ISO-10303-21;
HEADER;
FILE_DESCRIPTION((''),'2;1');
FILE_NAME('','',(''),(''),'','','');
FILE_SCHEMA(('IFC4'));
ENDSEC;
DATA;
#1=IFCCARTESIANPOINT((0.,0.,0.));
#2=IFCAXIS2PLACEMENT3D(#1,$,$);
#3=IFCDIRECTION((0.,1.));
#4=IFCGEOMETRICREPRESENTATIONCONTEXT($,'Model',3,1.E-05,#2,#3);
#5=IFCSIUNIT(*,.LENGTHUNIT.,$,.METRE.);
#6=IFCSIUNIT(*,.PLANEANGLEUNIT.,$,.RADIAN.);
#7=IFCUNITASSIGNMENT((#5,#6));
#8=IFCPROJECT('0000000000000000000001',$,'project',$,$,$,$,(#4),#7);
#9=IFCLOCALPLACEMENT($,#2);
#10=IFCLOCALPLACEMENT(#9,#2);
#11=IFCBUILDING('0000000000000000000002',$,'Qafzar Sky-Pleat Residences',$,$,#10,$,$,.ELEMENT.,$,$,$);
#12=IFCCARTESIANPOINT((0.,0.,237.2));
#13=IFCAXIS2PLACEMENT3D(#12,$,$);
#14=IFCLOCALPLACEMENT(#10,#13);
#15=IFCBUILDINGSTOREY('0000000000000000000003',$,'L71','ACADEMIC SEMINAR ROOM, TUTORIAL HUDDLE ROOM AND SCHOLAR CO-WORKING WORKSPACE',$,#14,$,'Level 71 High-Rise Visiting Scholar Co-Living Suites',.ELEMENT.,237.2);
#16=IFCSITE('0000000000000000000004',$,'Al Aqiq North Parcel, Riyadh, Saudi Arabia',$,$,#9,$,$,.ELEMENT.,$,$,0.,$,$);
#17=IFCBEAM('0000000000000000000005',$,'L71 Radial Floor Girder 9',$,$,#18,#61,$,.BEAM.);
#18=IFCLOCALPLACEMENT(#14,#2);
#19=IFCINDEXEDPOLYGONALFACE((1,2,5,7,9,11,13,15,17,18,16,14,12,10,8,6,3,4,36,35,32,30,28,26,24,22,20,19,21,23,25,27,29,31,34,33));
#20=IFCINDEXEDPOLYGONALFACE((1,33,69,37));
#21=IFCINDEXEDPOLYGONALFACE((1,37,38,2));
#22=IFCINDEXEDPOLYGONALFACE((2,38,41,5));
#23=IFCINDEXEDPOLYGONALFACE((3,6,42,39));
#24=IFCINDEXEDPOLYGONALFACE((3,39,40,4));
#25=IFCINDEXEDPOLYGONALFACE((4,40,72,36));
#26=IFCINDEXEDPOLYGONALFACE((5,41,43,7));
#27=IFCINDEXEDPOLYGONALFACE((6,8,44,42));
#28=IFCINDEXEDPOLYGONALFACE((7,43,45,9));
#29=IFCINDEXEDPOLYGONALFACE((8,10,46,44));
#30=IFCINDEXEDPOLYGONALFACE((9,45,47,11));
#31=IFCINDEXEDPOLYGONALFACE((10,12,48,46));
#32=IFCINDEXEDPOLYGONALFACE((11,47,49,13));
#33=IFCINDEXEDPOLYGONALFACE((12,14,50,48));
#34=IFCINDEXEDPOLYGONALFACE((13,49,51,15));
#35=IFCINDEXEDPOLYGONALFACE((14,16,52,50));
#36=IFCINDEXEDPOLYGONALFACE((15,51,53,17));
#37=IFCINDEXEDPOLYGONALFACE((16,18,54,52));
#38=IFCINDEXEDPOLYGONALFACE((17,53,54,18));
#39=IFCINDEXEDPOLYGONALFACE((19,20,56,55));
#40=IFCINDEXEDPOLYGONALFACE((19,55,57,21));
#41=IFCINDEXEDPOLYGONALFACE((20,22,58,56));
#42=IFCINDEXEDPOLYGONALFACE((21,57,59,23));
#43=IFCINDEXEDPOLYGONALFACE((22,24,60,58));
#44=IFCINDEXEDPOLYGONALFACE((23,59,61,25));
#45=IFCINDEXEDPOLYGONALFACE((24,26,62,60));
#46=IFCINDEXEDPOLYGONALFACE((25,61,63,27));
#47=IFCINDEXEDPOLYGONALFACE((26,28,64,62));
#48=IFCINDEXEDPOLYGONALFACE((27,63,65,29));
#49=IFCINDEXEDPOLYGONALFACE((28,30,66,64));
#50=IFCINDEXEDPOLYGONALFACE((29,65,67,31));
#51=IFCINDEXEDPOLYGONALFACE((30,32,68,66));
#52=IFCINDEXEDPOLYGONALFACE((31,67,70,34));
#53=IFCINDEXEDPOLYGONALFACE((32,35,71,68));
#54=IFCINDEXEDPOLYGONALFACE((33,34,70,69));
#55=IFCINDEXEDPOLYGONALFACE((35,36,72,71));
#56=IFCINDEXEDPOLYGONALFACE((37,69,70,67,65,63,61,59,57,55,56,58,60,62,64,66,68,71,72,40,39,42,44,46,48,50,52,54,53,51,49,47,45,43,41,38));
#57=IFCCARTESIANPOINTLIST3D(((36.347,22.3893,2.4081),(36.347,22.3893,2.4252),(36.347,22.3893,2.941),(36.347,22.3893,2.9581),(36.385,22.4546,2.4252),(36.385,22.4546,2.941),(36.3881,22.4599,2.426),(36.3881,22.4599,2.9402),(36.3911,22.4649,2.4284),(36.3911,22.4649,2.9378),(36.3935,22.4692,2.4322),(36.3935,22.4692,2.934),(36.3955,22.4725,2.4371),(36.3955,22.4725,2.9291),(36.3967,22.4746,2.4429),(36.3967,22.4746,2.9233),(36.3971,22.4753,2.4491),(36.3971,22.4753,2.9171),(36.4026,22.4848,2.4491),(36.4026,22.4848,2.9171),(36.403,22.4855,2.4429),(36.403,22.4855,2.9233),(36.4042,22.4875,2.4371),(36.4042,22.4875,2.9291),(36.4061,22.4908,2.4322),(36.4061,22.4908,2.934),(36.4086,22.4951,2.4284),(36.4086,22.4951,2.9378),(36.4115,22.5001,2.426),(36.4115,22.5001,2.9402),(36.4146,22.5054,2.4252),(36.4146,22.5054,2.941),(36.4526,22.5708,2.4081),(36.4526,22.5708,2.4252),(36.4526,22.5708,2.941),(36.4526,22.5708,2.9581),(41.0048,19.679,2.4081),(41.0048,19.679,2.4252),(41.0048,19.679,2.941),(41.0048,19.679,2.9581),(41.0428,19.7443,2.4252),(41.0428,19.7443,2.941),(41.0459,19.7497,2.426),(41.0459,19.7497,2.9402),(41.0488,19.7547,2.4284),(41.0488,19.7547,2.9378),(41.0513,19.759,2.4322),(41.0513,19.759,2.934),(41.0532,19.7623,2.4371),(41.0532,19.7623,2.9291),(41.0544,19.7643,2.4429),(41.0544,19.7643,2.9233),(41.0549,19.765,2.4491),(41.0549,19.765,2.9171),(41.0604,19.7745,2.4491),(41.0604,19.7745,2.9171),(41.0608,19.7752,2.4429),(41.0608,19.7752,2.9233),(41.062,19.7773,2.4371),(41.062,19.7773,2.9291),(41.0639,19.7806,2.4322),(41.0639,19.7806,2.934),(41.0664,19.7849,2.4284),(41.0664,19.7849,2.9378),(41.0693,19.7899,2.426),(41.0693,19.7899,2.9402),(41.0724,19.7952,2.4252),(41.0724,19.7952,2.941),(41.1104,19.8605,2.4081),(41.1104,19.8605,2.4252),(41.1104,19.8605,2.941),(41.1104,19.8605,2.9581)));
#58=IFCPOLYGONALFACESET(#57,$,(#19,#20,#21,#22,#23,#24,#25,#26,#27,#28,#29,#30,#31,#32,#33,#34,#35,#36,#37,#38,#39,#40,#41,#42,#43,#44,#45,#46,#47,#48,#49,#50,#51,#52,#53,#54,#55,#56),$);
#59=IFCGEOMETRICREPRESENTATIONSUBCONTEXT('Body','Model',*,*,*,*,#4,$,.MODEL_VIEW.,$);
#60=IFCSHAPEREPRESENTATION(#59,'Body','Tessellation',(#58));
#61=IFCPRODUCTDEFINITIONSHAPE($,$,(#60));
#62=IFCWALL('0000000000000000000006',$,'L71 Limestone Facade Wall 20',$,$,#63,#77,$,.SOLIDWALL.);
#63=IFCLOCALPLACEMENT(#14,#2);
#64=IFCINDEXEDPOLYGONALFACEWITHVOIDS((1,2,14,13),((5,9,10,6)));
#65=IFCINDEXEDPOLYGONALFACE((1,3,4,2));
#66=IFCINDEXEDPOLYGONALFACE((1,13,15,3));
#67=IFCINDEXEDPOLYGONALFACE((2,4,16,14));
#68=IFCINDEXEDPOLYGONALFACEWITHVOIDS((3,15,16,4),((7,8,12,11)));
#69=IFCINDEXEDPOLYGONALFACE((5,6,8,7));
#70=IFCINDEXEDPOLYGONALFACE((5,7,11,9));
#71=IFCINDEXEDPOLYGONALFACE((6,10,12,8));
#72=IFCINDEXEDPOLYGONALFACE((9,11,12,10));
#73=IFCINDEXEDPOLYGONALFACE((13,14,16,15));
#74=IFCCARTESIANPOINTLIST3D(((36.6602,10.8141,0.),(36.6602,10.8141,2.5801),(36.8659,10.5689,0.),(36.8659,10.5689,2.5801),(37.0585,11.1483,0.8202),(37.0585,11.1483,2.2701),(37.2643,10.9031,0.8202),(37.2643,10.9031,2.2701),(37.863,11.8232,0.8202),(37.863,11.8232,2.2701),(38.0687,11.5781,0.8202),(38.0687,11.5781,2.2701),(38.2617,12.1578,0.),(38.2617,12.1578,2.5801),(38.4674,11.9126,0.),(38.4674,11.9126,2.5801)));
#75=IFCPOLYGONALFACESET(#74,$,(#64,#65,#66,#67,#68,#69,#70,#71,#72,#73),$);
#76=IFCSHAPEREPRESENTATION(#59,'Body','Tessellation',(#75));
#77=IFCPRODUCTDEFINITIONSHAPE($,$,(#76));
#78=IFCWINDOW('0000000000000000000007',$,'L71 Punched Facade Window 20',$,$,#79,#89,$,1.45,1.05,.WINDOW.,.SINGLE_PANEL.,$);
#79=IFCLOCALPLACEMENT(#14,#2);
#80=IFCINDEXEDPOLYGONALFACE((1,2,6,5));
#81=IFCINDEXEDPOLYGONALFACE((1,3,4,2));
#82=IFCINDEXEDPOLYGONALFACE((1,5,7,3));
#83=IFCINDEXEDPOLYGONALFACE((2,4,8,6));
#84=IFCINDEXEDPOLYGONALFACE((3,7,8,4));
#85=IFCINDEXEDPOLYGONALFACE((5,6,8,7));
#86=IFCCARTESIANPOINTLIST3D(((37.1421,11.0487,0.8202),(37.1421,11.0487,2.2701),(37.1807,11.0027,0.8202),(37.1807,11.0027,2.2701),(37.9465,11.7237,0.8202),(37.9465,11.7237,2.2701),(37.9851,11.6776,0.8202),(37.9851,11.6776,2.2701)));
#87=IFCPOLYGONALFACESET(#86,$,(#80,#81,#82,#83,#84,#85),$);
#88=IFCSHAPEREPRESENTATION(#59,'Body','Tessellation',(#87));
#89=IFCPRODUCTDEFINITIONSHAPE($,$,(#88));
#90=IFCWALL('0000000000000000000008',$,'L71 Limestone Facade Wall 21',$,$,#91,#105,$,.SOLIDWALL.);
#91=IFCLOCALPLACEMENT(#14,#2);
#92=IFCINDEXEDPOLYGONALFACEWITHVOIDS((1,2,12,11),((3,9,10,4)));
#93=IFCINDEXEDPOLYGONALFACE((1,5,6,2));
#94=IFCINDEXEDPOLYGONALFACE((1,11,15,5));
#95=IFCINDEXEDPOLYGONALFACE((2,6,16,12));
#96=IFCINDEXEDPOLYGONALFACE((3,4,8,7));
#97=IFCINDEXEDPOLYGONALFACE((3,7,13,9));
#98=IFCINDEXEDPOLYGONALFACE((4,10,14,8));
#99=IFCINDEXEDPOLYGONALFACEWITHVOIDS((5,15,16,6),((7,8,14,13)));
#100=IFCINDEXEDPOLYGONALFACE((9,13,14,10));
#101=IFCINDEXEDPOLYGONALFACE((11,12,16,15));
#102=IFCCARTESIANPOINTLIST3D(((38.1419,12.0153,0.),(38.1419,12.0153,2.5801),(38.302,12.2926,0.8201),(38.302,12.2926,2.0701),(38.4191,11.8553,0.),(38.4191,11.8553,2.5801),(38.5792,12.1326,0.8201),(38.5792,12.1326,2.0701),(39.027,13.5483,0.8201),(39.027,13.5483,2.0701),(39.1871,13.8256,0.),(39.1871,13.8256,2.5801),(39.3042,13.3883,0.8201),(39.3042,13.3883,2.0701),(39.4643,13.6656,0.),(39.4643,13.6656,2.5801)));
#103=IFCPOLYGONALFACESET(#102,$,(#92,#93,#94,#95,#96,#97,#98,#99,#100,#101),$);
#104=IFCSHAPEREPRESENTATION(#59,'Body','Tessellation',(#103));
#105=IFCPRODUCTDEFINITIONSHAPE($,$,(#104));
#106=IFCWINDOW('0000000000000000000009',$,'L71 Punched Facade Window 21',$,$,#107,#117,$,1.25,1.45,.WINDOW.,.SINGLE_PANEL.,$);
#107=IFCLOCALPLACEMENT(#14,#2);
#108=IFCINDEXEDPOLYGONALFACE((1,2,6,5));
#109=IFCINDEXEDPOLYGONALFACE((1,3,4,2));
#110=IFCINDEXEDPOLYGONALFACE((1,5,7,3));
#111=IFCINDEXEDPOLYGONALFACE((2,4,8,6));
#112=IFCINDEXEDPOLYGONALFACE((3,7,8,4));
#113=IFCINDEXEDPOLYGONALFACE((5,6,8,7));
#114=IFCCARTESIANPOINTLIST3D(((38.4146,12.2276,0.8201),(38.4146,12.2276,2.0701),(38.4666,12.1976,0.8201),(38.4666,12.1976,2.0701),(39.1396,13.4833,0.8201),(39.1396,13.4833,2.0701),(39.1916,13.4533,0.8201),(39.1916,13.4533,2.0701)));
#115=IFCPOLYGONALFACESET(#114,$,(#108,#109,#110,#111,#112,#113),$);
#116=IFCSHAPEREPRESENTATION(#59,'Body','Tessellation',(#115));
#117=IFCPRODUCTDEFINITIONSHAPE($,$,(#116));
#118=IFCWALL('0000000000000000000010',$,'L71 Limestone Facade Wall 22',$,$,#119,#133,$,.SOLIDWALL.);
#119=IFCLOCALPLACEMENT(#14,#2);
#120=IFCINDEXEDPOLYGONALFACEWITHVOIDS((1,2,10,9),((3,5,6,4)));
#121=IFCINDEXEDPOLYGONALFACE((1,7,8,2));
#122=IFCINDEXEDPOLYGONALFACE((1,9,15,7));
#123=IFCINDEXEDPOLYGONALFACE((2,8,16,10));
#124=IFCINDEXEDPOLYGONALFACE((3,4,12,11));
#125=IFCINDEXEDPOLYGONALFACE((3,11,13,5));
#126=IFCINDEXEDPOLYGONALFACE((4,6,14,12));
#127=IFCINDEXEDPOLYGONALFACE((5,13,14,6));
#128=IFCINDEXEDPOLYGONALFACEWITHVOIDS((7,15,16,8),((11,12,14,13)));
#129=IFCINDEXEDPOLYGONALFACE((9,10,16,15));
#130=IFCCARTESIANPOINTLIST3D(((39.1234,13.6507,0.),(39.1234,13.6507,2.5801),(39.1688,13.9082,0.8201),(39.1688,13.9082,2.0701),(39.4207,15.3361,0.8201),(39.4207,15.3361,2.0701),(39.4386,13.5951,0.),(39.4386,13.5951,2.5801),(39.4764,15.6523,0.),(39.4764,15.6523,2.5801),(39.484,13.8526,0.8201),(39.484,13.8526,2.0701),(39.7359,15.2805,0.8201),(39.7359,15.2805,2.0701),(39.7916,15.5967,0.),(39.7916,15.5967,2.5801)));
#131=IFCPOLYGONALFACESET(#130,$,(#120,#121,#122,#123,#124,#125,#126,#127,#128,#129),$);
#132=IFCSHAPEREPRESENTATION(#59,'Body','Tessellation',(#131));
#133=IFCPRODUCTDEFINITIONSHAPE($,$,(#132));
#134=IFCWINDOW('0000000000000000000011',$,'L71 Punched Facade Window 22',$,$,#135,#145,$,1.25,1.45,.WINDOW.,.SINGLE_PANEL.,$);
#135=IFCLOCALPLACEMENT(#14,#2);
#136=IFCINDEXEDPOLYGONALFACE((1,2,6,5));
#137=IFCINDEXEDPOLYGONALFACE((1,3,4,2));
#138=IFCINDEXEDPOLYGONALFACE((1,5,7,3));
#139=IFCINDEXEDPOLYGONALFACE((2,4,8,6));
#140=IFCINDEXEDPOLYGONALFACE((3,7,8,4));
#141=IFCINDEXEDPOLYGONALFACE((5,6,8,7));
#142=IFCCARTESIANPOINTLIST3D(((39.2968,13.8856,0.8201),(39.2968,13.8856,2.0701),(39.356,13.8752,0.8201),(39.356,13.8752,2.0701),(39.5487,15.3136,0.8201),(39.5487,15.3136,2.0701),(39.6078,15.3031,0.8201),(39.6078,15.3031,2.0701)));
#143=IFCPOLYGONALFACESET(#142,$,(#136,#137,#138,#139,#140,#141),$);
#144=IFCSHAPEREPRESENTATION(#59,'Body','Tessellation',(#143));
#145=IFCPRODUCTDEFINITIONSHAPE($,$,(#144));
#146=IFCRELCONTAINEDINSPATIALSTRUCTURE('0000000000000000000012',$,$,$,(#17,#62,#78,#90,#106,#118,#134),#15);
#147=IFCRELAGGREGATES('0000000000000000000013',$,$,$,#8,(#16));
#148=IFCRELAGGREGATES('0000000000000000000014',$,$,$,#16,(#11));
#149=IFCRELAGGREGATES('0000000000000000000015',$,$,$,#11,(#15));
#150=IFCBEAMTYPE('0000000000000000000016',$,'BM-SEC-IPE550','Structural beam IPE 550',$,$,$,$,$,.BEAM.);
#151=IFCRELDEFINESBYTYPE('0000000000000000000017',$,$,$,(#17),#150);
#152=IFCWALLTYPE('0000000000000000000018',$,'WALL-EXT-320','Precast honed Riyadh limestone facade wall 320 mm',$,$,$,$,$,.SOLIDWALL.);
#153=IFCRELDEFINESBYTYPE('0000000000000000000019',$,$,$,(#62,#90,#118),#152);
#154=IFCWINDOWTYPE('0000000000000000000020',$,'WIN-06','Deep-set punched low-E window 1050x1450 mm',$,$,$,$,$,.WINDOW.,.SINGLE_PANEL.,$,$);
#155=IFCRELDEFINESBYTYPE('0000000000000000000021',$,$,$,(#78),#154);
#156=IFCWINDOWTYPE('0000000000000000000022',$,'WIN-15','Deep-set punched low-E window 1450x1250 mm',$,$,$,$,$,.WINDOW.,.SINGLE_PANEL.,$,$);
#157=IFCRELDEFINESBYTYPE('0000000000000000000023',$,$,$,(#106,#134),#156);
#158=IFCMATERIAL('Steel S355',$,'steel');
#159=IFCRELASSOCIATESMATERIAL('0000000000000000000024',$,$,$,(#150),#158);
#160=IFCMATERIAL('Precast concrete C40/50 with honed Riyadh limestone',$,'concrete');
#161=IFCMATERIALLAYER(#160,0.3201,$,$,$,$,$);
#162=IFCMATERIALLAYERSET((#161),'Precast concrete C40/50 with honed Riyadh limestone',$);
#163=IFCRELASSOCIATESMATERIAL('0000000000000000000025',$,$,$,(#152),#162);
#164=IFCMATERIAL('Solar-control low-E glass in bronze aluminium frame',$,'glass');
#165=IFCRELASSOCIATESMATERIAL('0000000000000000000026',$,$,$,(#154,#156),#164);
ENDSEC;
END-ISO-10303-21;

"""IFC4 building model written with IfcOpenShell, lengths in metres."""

from ifc_helpers import new_model, si_unit, direction, frame, frame_2d, origin, origin_2d, place, context, subcontext, project, spatial, rectangle, i_section, extrude, source, transform, mapped, material, layer, layer_set, material_profile, profile_set, type_object, element, fill, save


model = new_model("IFC4")

# Units and contexts
model_context = context("Model", 3, precision=1e-05, world=origin(), true_north=direction((0.0, 1.0)))
body_context = subcontext(model_context, "Body", "Model", "MODEL_VIEW")
ifc_project = project(units=[si_unit("LENGTHUNIT", "METRE"), si_unit("PLANEANGLEUNIT", "RADIAN")], contexts=[model_context])

# Site, building, storey
site_placement = place(None, origin())
site = spatial("IfcSite", under=ifc_project, at=site_placement, Name="Al Aqiq North Parcel, Riyadh, Saudi Arabia", CompositionType="ELEMENT", RefElevation=0.0)
building_placement = place(site_placement, origin())
building = spatial("IfcBuilding", under=site, at=building_placement, Name="Qafzar Sky-Pleat Residences", CompositionType="ELEMENT")
storey_placement = place(building_placement, frame((0.0, 0.0, 237.2)))
storey = spatial("IfcBuildingStorey", under=building, at=storey_placement, Name="L71", Description="ACADEMIC SEMINAR ROOM, TUTORIAL HUDDLE ROOM AND SCHOLAR CO-WORKING WORKSPACE", LongName="Level 71 High-Rise Visiting Scholar Co-Living Suites", CompositionType="ELEMENT", Elevation=237.2)

# Shared definitions
ifc_material_1 = material(Name="Steel S355", Category="steel")

# Beam
ifc_material_profile_1 = material_profile(ifc_material_1, i_section(OverallWidth=0.21, OverallDepth=0.55, WebThickness=0.011, FlangeThickness=0.0171, FilletRadius=0.0239, at=origin_2d()), Name="IPE 550")
ifc_profile_set_1 = profile_set([ifc_material_profile_1], Name="Steel S355")
beam_type_1 = type_object("IfcBeamType", Name="BM-SEC-IPE550", Description="Structural beam IPE 550", PredefinedType="BEAM", material=ifc_profile_set_1)
shared_shape_1 = source(origin(), body_context, "Body", "SweptSolid", [
    extrude(i_section(OverallWidth=0.21, OverallDepth=0.55, WebThickness=0.011, FlangeThickness=0.0171, FilletRadius=0.0239, at=origin_2d()), origin(), (0.0, 0.0, 1.0), 5.3889),
])
beam_1_placement = place(storey_placement, frame((41.0576, 19.7698, 2.6831), z_axis=(-0.864327, 0.50293, 0.0), x_axis=(-0.50293, -0.864327, 0.0)))
element("IfcBeam", 1, at=beam_1_placement, inside=storey, type_object=beam_type_1, Name="L71 Radial Floor Girder 9", PredefinedType="BEAM", context=body_context, shape_type="MappedRepresentation", body=[
    mapped(shared_shape_1, transform((0.0, 0.0, 0.0), x_axis=(1.0, 0.0, 0.0), y_axis=(0.0, 1.0, 0.0), z_axis=(0.0, 0.0, 1.0), scale=1.0)),
])

# Walls, openings, windows
ifc_material_2 = material(Name="Precast concrete C40/50 with honed Riyadh limestone", Category="concrete")
ifc_layer_1 = layer(ifc_material_2, 0.3201)
ifc_layer_set_1 = layer_set([ifc_layer_1], Name="Precast concrete C40/50 with honed Riyadh limestone")
wall_type = type_object("IfcWallType", Name="WALL-EXT-320", Description="Precast honed Riyadh limestone facade wall 320 mm", PredefinedType="SOLIDWALL", material=ifc_layer_set_1)
wall_1_placement = place(storey_placement, frame((36.7629, 10.6914, 0.0), z_axis=(0.0, 0.0, 1.0), x_axis=(0.766073, 0.642754, 0.0)))
wall_1 = element("IfcWall", 2, at=wall_1_placement, inside=storey, type_object=wall_type, Name="L71 Limestone Facade Wall 20", PredefinedType="SOLIDWALL", context=body_context, shape_type="SweptSolid", body=[
    extrude(rectangle(XDim=2.0906, YDim=0.3201, at=frame_2d((1.0454, 0.0))), origin(), (0.0, 0.0, 1.0), 2.5801),
])
opening_1_placement = place(wall_1_placement, frame((0.5203, 0.0, 0.8201)))
opening_1 = element("IfcOpeningElement", 3, at=opening_1_placement, cuts=wall_1, PredefinedType="OPENING", context=body_context, shape_type="SweptSolid", body=[
    extrude(rectangle(XDim=1.05, YDim=1.45, at=frame_2d((0.5249, 0.7251))), frame((0.0, 0.1699, 0.0), z_axis=(0.0, -1.0, 0.0), x_axis=(1.0, 0.0, 0.0)), (0.0, 0.0, 1.0), 0.3401),
])
ifc_material_3 = material(Name="Solar-control low-E glass in bronze aluminium frame", Category="glass")
window_type_1 = type_object("IfcWindowType", Name="WIN-06", Description="Deep-set punched low-E window 1050x1450 mm", PartitioningType="SINGLE_PANEL", PredefinedType="WINDOW", material=ifc_material_3)
shared_shape_2 = source(origin(), body_context, "Body", "SweptSolid", [
    extrude(rectangle(XDim=1.05, YDim=1.45, at=frame_2d((0.5249, 0.7251))), frame((0.0, 0.03, 0.0), z_axis=(0.0, -1.0, 0.0), x_axis=(1.0, 0.0, 0.0)), (0.0, 0.0, 1.0), 0.0601),
])
window_1_placement = place(opening_1_placement, origin())
window_1 = element("IfcWindow", 4, at=window_1_placement, inside=storey, type_object=window_type_1, Name="L71 Punched Facade Window 20", OverallHeight=1.45, OverallWidth=1.05, PartitioningType="SINGLE_PANEL", PredefinedType="WINDOW", context=body_context, shape_type="MappedRepresentation", body=[
    mapped(shared_shape_2, transform((0.0, 0.0, 0.0), x_axis=(1.0, 0.0, 0.0), y_axis=(0.0, 1.0, 0.0), z_axis=(0.0, 0.0, 1.0), scale=1.0)),
])
fill(opening_1, window_1)
wall_2_placement = place(storey_placement, frame((38.2805, 11.9353, 0.0), z_axis=(0.0, 0.0, 1.0), x_axis=(0.499995, 0.866028, 0.0)))
wall_2 = element("IfcWall", 5, at=wall_2_placement, inside=storey, type_object=wall_type, Name="L71 Limestone Facade Wall 21", PredefinedType="SOLIDWALL", context=body_context, shape_type="SweptSolid", body=[
    extrude(rectangle(XDim=2.0903, YDim=0.3201, at=frame_2d((1.0452, 0.0))), origin(), (0.0, 0.0, 1.0), 2.5801),
])
opening_2_placement = place(wall_2_placement, frame((0.3201, 0.0, 0.8201)))
opening_2 = element("IfcOpeningElement", 6, at=opening_2_placement, cuts=wall_2, PredefinedType="OPENING", context=body_context, shape_type="SweptSolid", body=[
    extrude(rectangle(XDim=1.45, YDim=1.25, at=frame_2d((0.7251, 0.625))), frame((0.0, 0.1699, 0.0), z_axis=(0.0, -1.0, 0.0), x_axis=(1.0, 0.0, 0.0)), (0.0, 0.0, 1.0), 0.3401),
])
window_type_2 = type_object("IfcWindowType", Name="WIN-15", Description="Deep-set punched low-E window 1450x1250 mm", PartitioningType="SINGLE_PANEL", PredefinedType="WINDOW", material=ifc_material_3)
shared_shape_3 = source(origin(), body_context, "Body", "SweptSolid", [
    extrude(rectangle(XDim=1.45, YDim=1.25, at=frame_2d((0.7251, 0.625))), frame((0.0, 0.03, 0.0), z_axis=(0.0, -1.0, 0.0), x_axis=(1.0, 0.0, 0.0)), (0.0, 0.0, 1.0), 0.0601),
])
window_2_placement = place(opening_2_placement, origin())
window_2 = element("IfcWindow", 7, at=window_2_placement, inside=storey, type_object=window_type_2, Name="L71 Punched Facade Window 21", OverallHeight=1.25, OverallWidth=1.45, PartitioningType="SINGLE_PANEL", PredefinedType="WINDOW", context=body_context, shape_type="MappedRepresentation", body=[
    mapped(shared_shape_3, transform((0.0, 0.0, 0.0), x_axis=(1.0, 0.0, 0.0), y_axis=(0.0, 1.0, 0.0), z_axis=(0.0, 0.0, 1.0), scale=1.0)),
])
fill(opening_2, window_2)
wall_3_placement = place(storey_placement, frame((39.281, 13.623, 0.0), z_axis=(0.0, 0.0, 1.0), x_axis=(0.173703, 0.984798, 0.0)))
wall_3 = element("IfcWall", 8, at=wall_3_placement, inside=storey, type_object=wall_type, Name="L71 Limestone Facade Wall 22", PredefinedType="SOLIDWALL", context=body_context, shape_type="SweptSolid", body=[
    extrude(rectangle(XDim=2.0325, YDim=0.3201, at=frame_2d((1.0161, 0.0))), origin(), (0.0, 0.0, 1.0), 2.5801),
])
opening_3_placement = place(wall_3_placement, frame((0.2612, 0.0, 0.8201)))
opening_3 = element("IfcOpeningElement", 9, at=opening_3_placement, cuts=wall_3, PredefinedType="OPENING", context=body_context, shape_type="SweptSolid", body=[
    extrude(rectangle(XDim=1.45, YDim=1.25, at=frame_2d((0.7251, 0.625))), frame((0.0, 0.1699, 0.0), z_axis=(0.0, -1.0, 0.0), x_axis=(1.0, 0.0, 0.0)), (0.0, 0.0, 1.0), 0.3401),
])
window_3_placement = place(opening_3_placement, origin())
window_3 = element("IfcWindow", 10, at=window_3_placement, inside=storey, type_object=window_type_2, Name="L71 Punched Facade Window 22", OverallHeight=1.25, OverallWidth=1.45, PartitioningType="SINGLE_PANEL", PredefinedType="WINDOW", context=body_context, shape_type="MappedRepresentation", body=[
    mapped(shared_shape_3, transform((0.0, 0.0, 0.0), x_axis=(1.0, 0.0, 0.0), y_axis=(0.0, 1.0, 0.0), z_axis=(0.0, 0.0, 1.0), scale=1.0)),
])
fill(opening_3, window_3)

save(model, "model.ifc")
